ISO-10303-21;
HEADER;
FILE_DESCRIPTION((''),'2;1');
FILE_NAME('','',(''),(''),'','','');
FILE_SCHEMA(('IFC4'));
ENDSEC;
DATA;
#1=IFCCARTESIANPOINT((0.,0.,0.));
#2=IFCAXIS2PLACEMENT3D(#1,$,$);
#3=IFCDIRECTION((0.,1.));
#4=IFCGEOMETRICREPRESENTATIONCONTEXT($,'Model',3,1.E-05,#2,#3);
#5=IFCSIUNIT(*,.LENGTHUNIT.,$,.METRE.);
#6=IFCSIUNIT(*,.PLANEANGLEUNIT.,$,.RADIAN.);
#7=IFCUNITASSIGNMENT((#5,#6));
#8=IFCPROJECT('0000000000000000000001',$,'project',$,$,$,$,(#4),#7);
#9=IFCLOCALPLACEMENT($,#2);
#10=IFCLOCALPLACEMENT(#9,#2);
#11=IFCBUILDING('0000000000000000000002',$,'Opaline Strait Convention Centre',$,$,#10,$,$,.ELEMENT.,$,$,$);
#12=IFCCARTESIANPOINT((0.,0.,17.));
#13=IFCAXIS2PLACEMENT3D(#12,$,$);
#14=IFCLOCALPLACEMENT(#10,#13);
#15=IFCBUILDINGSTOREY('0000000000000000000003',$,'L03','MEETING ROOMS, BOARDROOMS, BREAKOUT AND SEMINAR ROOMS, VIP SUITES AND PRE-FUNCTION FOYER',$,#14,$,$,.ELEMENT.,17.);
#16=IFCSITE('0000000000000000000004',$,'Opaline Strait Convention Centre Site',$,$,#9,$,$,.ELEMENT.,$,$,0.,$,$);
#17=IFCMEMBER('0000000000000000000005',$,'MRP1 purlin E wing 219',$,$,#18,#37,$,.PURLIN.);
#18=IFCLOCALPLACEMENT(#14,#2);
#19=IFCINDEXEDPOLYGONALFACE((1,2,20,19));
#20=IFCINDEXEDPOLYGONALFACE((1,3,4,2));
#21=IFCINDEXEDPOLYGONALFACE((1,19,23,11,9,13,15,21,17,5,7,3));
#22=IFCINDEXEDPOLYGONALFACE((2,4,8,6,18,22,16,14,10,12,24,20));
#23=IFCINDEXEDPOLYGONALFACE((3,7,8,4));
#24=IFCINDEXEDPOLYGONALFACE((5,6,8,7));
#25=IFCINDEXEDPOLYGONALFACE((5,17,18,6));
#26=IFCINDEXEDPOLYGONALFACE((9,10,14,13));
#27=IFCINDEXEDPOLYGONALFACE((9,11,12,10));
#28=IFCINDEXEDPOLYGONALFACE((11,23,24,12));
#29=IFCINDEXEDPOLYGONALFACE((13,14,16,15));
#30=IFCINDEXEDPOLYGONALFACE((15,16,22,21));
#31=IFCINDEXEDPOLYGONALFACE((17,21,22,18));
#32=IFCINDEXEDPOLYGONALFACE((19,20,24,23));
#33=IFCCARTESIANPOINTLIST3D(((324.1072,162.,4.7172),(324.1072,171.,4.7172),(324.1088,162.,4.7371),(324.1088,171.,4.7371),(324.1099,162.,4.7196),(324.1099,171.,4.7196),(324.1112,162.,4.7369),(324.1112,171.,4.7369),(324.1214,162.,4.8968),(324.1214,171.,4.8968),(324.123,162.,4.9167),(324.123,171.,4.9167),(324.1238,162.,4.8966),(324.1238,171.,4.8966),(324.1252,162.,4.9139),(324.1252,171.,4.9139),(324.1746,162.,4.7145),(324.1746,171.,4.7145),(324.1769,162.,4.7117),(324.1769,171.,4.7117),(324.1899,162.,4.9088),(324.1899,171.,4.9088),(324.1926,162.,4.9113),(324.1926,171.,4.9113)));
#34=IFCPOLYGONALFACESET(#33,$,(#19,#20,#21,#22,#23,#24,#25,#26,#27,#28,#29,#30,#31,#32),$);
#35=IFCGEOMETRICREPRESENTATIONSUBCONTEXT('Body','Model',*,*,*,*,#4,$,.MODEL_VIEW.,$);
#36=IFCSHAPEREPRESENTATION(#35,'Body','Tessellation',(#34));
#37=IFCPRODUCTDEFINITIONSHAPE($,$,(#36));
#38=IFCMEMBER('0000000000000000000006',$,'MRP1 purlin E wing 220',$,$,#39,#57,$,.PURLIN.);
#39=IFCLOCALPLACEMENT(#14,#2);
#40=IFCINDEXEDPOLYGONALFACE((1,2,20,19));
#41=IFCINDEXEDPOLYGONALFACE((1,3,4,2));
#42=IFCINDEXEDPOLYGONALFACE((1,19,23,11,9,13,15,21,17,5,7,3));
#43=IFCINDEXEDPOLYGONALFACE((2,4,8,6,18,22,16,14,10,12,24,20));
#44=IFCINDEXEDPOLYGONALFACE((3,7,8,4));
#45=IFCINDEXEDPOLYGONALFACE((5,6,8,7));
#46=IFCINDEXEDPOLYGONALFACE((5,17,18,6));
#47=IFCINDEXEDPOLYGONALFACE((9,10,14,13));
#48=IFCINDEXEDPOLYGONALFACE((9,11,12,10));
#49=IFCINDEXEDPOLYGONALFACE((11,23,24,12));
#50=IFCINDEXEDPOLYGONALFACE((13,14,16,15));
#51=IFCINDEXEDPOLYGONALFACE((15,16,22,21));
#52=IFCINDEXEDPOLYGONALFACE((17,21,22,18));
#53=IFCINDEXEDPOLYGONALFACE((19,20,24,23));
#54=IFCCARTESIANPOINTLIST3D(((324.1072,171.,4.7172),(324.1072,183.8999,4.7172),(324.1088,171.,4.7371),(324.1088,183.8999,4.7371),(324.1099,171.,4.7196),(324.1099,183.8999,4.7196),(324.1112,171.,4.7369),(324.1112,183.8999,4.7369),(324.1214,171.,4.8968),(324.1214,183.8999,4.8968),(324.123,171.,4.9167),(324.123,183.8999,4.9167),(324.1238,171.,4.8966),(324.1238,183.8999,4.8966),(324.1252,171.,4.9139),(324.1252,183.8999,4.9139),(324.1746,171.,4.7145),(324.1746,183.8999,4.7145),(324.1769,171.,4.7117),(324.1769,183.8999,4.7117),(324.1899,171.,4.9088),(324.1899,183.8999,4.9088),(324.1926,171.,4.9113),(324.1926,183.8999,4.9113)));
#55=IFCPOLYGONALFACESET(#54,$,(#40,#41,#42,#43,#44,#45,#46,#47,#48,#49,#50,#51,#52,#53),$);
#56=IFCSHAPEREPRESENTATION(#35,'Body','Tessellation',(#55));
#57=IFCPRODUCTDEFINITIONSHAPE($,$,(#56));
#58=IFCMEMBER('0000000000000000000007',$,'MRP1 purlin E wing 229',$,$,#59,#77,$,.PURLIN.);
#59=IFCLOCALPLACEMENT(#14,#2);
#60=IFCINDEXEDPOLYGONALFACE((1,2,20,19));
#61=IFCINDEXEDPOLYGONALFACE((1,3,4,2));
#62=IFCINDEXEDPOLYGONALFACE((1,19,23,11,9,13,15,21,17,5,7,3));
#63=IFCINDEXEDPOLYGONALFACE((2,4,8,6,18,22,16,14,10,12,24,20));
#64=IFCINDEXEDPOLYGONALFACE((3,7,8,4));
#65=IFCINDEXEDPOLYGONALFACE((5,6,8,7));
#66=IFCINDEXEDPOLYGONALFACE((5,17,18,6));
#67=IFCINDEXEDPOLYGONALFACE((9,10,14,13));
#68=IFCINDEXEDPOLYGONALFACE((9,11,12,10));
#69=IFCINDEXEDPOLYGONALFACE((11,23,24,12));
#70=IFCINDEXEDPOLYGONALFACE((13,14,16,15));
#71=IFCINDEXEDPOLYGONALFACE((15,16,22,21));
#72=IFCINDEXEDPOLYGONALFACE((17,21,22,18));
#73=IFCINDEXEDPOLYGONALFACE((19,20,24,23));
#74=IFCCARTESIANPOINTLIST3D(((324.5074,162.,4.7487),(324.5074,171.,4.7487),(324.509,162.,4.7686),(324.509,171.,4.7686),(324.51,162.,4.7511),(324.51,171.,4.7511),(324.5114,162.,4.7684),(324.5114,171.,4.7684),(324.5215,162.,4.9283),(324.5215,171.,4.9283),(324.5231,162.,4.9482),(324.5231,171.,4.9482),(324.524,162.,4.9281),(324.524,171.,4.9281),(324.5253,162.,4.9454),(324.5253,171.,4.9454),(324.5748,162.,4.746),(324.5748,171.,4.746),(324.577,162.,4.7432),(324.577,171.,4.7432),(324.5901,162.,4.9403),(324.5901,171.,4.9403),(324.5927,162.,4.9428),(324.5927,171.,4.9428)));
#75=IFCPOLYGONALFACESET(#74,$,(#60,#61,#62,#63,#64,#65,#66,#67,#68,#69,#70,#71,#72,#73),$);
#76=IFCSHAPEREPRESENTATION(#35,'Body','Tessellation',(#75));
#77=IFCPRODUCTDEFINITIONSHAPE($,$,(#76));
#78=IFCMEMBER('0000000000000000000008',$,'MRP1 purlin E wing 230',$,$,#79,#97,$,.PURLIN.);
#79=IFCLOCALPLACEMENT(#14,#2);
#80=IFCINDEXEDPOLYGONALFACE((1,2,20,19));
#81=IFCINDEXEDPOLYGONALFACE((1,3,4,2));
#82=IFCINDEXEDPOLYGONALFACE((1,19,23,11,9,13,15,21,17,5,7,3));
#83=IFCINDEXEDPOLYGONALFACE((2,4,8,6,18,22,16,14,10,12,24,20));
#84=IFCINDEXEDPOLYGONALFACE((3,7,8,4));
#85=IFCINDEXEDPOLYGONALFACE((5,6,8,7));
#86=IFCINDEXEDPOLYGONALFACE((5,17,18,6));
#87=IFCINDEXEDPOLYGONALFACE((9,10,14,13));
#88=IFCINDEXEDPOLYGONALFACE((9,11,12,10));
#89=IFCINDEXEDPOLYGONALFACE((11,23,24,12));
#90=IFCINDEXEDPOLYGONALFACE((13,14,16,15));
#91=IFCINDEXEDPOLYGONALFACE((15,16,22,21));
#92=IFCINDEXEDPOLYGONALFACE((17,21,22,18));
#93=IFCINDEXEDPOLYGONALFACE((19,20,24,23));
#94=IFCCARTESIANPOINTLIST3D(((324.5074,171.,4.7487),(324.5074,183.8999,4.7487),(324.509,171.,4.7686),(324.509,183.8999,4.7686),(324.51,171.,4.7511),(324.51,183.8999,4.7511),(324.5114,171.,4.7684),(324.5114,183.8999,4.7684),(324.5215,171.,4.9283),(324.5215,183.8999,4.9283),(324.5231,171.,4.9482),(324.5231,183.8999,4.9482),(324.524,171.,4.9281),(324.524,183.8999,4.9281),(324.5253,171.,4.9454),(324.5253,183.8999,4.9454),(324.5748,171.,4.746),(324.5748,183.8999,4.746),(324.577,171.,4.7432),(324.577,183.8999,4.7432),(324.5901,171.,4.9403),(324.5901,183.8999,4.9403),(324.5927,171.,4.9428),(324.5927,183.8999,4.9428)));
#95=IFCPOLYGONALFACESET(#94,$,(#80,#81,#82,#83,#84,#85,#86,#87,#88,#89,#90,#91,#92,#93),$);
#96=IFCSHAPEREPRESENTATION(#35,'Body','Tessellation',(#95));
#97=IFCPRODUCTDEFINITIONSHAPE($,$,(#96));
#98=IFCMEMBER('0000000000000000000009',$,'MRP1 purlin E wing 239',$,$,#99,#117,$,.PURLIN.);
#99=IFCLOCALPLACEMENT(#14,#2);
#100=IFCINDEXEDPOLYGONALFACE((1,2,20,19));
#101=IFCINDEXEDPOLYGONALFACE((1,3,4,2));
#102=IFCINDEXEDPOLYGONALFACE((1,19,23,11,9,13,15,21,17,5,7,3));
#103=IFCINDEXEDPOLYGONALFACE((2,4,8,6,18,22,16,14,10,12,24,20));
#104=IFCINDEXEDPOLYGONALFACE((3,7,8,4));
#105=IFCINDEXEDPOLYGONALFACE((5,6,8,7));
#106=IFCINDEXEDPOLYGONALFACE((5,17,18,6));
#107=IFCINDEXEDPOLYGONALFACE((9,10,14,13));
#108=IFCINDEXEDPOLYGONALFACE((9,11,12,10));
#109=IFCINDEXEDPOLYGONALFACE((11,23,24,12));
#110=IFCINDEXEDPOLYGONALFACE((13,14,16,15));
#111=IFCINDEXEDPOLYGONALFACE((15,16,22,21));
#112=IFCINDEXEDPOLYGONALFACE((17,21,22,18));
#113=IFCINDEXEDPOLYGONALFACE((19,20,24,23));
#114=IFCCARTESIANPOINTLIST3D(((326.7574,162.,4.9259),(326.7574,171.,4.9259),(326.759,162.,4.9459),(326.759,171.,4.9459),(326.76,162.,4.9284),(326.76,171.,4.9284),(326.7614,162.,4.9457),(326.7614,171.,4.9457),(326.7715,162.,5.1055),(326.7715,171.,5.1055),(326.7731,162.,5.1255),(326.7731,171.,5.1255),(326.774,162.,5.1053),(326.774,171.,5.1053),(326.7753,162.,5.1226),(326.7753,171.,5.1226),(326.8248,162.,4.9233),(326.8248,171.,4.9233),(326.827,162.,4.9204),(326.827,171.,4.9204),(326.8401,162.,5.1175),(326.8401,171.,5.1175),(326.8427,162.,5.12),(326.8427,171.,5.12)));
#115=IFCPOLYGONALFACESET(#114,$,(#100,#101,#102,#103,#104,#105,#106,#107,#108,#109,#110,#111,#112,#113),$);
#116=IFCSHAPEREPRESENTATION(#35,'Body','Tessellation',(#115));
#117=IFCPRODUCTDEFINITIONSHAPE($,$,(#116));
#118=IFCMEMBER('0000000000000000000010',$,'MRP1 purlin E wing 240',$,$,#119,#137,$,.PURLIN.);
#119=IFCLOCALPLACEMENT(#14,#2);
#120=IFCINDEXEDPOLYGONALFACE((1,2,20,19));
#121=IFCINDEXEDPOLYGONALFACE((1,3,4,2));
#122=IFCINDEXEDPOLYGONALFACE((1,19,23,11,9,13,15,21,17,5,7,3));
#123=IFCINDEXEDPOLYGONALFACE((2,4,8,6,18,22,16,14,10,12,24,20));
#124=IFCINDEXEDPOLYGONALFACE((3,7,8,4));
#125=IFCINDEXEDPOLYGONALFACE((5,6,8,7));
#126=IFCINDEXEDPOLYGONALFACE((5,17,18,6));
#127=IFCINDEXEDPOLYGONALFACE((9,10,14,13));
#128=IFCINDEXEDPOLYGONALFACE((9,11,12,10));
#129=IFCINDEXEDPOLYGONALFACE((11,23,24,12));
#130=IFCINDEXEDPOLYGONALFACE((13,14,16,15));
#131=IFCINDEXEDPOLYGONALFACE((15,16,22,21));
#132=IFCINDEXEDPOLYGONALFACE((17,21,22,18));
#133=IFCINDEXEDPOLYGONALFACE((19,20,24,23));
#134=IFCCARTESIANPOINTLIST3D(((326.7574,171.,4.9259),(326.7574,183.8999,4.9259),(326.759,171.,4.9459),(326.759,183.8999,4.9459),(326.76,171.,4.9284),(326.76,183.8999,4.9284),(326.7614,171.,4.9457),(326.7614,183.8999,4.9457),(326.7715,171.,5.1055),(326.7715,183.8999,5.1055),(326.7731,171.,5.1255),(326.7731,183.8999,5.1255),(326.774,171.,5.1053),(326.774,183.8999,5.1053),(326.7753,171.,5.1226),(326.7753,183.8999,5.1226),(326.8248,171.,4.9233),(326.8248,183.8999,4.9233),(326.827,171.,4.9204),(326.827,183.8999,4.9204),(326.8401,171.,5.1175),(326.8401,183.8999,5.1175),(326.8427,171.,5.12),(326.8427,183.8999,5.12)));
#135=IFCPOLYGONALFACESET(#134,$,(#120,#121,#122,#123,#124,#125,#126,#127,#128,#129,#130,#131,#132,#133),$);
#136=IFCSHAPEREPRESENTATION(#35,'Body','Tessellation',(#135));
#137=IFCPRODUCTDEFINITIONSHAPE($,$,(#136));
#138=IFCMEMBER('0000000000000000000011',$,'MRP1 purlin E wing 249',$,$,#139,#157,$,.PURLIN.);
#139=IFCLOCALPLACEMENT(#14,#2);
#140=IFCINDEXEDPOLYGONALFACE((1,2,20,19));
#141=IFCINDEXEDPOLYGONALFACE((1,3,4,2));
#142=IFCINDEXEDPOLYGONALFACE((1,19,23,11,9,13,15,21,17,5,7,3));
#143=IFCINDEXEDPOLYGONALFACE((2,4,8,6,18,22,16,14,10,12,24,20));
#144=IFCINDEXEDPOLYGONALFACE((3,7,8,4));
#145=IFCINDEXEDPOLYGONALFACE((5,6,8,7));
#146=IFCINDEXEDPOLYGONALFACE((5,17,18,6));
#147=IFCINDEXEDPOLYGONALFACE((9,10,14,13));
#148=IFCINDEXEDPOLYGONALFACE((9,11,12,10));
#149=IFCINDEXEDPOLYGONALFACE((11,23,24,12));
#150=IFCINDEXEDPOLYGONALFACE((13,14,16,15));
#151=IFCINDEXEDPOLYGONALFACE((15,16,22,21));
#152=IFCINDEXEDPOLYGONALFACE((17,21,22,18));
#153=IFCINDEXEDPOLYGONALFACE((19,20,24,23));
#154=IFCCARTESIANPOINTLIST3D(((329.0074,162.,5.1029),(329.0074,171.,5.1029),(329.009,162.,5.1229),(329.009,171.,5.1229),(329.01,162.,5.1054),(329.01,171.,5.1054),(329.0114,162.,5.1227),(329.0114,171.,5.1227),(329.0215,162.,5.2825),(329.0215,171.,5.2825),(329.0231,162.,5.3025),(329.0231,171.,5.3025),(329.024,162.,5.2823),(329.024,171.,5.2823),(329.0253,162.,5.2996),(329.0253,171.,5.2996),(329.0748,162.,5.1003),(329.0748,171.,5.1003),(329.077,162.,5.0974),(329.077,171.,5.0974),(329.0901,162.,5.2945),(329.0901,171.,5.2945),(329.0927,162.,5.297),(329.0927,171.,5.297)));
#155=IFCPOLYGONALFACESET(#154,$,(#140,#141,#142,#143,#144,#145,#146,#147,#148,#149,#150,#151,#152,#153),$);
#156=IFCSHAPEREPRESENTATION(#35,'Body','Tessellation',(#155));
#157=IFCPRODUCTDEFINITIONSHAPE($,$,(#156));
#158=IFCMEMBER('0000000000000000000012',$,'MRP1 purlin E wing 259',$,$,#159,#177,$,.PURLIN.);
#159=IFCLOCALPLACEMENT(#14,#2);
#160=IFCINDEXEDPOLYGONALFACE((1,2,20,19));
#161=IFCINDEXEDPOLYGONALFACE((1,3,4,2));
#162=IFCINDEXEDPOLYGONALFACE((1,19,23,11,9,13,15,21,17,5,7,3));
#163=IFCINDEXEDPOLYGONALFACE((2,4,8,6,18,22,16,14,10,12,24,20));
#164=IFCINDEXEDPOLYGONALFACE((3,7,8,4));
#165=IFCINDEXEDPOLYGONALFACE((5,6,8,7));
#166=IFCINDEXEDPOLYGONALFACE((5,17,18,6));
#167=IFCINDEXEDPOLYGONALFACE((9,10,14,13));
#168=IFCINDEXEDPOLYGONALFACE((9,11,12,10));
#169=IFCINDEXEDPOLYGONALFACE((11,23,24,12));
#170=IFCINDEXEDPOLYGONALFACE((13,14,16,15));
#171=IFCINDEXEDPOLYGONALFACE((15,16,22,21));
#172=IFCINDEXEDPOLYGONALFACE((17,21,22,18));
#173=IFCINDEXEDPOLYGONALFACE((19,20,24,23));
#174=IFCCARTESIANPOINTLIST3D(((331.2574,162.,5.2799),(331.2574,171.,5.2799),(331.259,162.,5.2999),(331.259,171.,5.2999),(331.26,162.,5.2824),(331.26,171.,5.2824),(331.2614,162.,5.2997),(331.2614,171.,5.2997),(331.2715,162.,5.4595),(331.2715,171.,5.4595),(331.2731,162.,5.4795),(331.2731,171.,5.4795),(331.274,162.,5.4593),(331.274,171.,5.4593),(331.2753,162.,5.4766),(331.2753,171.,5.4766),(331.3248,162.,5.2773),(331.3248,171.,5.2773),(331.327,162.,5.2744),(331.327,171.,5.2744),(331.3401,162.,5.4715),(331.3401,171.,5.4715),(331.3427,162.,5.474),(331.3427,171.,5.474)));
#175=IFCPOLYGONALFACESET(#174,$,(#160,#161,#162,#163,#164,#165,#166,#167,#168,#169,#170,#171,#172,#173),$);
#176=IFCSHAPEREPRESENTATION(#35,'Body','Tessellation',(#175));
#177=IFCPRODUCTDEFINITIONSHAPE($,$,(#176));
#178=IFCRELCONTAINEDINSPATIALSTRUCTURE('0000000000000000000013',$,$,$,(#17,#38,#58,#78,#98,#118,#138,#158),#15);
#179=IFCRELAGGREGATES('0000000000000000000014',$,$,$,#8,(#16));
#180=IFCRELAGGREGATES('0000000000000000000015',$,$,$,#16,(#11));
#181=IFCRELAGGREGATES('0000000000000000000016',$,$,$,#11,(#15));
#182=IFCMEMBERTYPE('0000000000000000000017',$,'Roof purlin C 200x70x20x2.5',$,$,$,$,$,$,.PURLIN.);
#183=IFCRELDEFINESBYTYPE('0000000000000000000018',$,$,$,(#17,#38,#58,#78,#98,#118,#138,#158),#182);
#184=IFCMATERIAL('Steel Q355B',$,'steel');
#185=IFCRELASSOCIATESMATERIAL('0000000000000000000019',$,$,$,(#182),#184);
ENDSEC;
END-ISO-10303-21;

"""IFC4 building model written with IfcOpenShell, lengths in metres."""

from ifc_helpers import new_model, si_unit, direction, frame, origin, place, context, subcontext, project, spatial, polyline, outline, extrude, material, material_profile, profile_set, type_object, element, save


model = new_model("IFC4")

# Units and contexts
model_context = context("Model", 3, precision=1e-05, world=origin(), true_north=direction((0.0, 1.0)))
body_context = subcontext(model_context, "Body", "Model", "MODEL_VIEW")
ifc_project = project(units=[si_unit("LENGTHUNIT", "METRE"), si_unit("PLANEANGLEUNIT", "RADIAN")], contexts=[model_context])

# Site, building, storey
site_placement = place(None, origin())
site = spatial("IfcSite", under=ifc_project, at=site_placement, Name="Opaline Strait Convention Centre Site", CompositionType="ELEMENT", RefElevation=0.0)
building_placement = place(site_placement, origin())
building = spatial("IfcBuilding", under=site, at=building_placement, Name="Opaline Strait Convention Centre", CompositionType="ELEMENT")
storey_placement = place(building_placement, frame((0.0, 0.0, 17.0)))
storey = spatial("IfcBuildingStorey", under=building, at=storey_placement, Name="L03", Description="MEETING ROOMS, BOARDROOMS, BREAKOUT AND SEMINAR ROOMS, VIP SUITES AND PRE-FUNCTION FOYER", CompositionType="ELEMENT", Elevation=17.0)

# Shared definitions
ifc_material_1 = material(Name="Steel Q355B", Category="steel")

# Members
ifc_material_profile_1 = material_profile(ifc_material_1, outline(polyline([(-0.0349, -0.1001), (0.0349, -0.1001), (0.0349, -0.0801), (0.0325, -0.0801), (0.0325, -0.0974), (-0.0325, -0.0974), (-0.0325, 0.0974), (0.0325, 0.0974), (0.0325, 0.0801), (0.0349, 0.0801), (0.0349, 0.1001), (-0.0349, 0.1001), (-0.0349, -0.1001)])), Name="C 200x70x20x2.5")
ifc_profile_set_1 = profile_set([ifc_material_profile_1], Name="Steel Q355B")
member_type_1 = type_object("IfcMemberType", Name="Roof purlin C 200x70x20x2.5", PredefinedType="PURLIN", material=ifc_profile_set_1)
member_1_placement = place(storey_placement, frame((324.1499, 162.0, 4.8142), z_axis=(0.0, 1.0, 0.0), x_axis=(-0.996917, 0.0, 0.078459)))
element("IfcMember", 1, at=member_1_placement, inside=storey, type_object=member_type_1, Name="MRP1 purlin E wing 219", PredefinedType="PURLIN", context=body_context, shape_type="SweptSolid", body=[
    extrude(outline(polyline([(-0.0349, -0.1001), (0.0349, -0.1001), (0.0349, -0.0801), (0.0325, -0.0801), (0.0325, -0.0974), (-0.0325, -0.0974), (-0.0325, 0.0974), (0.0325, 0.0974), (0.0325, 0.0801), (0.0349, 0.0801), (0.0349, 0.1001), (-0.0349, 0.1001), (-0.0349, -0.1001)])), origin(), (0.0, 0.0, 1.0), 9.0),
])
member_2_placement = place(storey_placement, frame((324.1499, 171.0, 4.8142), z_axis=(0.0, 1.0, 0.0), x_axis=(-0.996917, 0.0, 0.078459)))
element("IfcMember", 2, at=member_2_placement, inside=storey, type_object=member_type_1, Name="MRP1 purlin E wing 220", PredefinedType="PURLIN", context=body_context, shape_type="SweptSolid", body=[
    extrude(outline(polyline([(-0.0349, -0.1001), (0.0349, -0.1001), (0.0349, -0.0801), (0.0325, -0.0801), (0.0325, -0.0974), (-0.0325, -0.0974), (-0.0325, 0.0974), (0.0325, 0.0974), (0.0325, 0.0801), (0.0349, 0.0801), (0.0349, 0.1001), (-0.0349, 0.1001), (-0.0349, -0.1001)])), origin(), (0.0, 0.0, 1.0), 12.8999),
])
member_3_placement = place(storey_placement, frame((324.55, 162.0, 4.8457), z_axis=(0.0, 1.0, 0.0), x_axis=(-0.996917, 0.0, 0.078459)))
element("IfcMember", 3, at=member_3_placement, inside=storey, type_object=member_type_1, Name="MRP1 purlin E wing 229", PredefinedType="PURLIN", context=body_context, shape_type="SweptSolid", body=[
    extrude(outline(polyline([(-0.0349, -0.1001), (0.0349, -0.1001), (0.0349, -0.0801), (0.0325, -0.0801), (0.0325, -0.0974), (-0.0325, -0.0974), (-0.0325, 0.0974), (0.0325, 0.0974), (0.0325, 0.0801), (0.0349, 0.0801), (0.0349, 0.1001), (-0.0349, 0.1001), (-0.0349, -0.1001)])), origin(), (0.0, 0.0, 1.0), 9.0),
])
member_4_placement = place(storey_placement, frame((324.55, 171.0, 4.8457), z_axis=(0.0, 1.0, 0.0), x_axis=(-0.996917, 0.0, 0.078459)))
element("IfcMember", 4, at=member_4_placement, inside=storey, type_object=member_type_1, Name="MRP1 purlin E wing 230", PredefinedType="PURLIN", context=body_context, shape_type="SweptSolid", body=[
    extrude(outline(polyline([(-0.0349, -0.1001), (0.0349, -0.1001), (0.0349, -0.0801), (0.0325, -0.0801), (0.0325, -0.0974), (-0.0325, -0.0974), (-0.0325, 0.0974), (0.0325, 0.0974), (0.0325, 0.0801), (0.0349, 0.0801), (0.0349, 0.1001), (-0.0349, 0.1001), (-0.0349, -0.1001)])), origin(), (0.0, 0.0, 1.0), 12.8999),
])
member_5_placement = place(storey_placement, frame((326.8, 162.0, 5.0229), z_axis=(0.0, 1.0, 0.0), x_axis=(-0.996917, 0.0, 0.078459)))
element("IfcMember", 5, at=member_5_placement, inside=storey, type_object=member_type_1, Name="MRP1 purlin E wing 239", PredefinedType="PURLIN", context=body_context, shape_type="SweptSolid", body=[
    extrude(outline(polyline([(-0.0349, -0.1001), (0.0349, -0.1001), (0.0349, -0.0801), (0.0325, -0.0801), (0.0325, -0.0974), (-0.0325, -0.0974), (-0.0325, 0.0974), (0.0325, 0.0974), (0.0325, 0.0801), (0.0349, 0.0801), (0.0349, 0.1001), (-0.0349, 0.1001), (-0.0349, -0.1001)])), origin(), (0.0, 0.0, 1.0), 9.0),
])
member_6_placement = place(storey_placement, frame((326.8, 171.0, 5.0229), z_axis=(0.0, 1.0, 0.0), x_axis=(-0.996917, 0.0, 0.078459)))
element("IfcMember", 6, at=member_6_placement, inside=storey, type_object=member_type_1, Name="MRP1 purlin E wing 240", PredefinedType="PURLIN", context=body_context, shape_type="SweptSolid", body=[
    extrude(outline(polyline([(-0.0349, -0.1001), (0.0349, -0.1001), (0.0349, -0.0801), (0.0325, -0.0801), (0.0325, -0.0974), (-0.0325, -0.0974), (-0.0325, 0.0974), (0.0325, 0.0974), (0.0325, 0.0801), (0.0349, 0.0801), (0.0349, 0.1001), (-0.0349, 0.1001), (-0.0349, -0.1001)])), origin(), (0.0, 0.0, 1.0), 12.8999),
])
for number, where, z_axis, x_axis, name in (
    (7, (329.05, 162.0, 5.2), (0.0, 1.0, 0.0), (-0.996917, 0.0, 0.078459), "MRP1 purlin E wing 249"),
    (8, (331.3, 162.0, 5.377), (0.0, 1.0, 0.0), (-0.996917, 0.0, 0.078459), "MRP1 purlin E wing 259"),
):
    element("IfcMember", number, at=place(storey_placement, frame(where, z_axis=z_axis, x_axis=x_axis)), inside=storey, type_object=member_type_1, Name=name, PredefinedType="PURLIN", context=body_context, shape_type="SweptSolid", body=[
        extrude(outline(polyline([(-0.0349, -0.1001), (0.0349, -0.1001), (0.0349, -0.0801), (0.0325, -0.0801), (0.0325, -0.0974), (-0.0325, -0.0974), (-0.0325, 0.0974), (0.0325, 0.0974), (0.0325, 0.0801), (0.0349, 0.0801), (0.0349, 0.1001), (-0.0349, 0.1001), (-0.0349, -0.1001)])), origin(), (0.0, 0.0, 1.0), 9.0),
    ])

save(model, "model.ifc")
